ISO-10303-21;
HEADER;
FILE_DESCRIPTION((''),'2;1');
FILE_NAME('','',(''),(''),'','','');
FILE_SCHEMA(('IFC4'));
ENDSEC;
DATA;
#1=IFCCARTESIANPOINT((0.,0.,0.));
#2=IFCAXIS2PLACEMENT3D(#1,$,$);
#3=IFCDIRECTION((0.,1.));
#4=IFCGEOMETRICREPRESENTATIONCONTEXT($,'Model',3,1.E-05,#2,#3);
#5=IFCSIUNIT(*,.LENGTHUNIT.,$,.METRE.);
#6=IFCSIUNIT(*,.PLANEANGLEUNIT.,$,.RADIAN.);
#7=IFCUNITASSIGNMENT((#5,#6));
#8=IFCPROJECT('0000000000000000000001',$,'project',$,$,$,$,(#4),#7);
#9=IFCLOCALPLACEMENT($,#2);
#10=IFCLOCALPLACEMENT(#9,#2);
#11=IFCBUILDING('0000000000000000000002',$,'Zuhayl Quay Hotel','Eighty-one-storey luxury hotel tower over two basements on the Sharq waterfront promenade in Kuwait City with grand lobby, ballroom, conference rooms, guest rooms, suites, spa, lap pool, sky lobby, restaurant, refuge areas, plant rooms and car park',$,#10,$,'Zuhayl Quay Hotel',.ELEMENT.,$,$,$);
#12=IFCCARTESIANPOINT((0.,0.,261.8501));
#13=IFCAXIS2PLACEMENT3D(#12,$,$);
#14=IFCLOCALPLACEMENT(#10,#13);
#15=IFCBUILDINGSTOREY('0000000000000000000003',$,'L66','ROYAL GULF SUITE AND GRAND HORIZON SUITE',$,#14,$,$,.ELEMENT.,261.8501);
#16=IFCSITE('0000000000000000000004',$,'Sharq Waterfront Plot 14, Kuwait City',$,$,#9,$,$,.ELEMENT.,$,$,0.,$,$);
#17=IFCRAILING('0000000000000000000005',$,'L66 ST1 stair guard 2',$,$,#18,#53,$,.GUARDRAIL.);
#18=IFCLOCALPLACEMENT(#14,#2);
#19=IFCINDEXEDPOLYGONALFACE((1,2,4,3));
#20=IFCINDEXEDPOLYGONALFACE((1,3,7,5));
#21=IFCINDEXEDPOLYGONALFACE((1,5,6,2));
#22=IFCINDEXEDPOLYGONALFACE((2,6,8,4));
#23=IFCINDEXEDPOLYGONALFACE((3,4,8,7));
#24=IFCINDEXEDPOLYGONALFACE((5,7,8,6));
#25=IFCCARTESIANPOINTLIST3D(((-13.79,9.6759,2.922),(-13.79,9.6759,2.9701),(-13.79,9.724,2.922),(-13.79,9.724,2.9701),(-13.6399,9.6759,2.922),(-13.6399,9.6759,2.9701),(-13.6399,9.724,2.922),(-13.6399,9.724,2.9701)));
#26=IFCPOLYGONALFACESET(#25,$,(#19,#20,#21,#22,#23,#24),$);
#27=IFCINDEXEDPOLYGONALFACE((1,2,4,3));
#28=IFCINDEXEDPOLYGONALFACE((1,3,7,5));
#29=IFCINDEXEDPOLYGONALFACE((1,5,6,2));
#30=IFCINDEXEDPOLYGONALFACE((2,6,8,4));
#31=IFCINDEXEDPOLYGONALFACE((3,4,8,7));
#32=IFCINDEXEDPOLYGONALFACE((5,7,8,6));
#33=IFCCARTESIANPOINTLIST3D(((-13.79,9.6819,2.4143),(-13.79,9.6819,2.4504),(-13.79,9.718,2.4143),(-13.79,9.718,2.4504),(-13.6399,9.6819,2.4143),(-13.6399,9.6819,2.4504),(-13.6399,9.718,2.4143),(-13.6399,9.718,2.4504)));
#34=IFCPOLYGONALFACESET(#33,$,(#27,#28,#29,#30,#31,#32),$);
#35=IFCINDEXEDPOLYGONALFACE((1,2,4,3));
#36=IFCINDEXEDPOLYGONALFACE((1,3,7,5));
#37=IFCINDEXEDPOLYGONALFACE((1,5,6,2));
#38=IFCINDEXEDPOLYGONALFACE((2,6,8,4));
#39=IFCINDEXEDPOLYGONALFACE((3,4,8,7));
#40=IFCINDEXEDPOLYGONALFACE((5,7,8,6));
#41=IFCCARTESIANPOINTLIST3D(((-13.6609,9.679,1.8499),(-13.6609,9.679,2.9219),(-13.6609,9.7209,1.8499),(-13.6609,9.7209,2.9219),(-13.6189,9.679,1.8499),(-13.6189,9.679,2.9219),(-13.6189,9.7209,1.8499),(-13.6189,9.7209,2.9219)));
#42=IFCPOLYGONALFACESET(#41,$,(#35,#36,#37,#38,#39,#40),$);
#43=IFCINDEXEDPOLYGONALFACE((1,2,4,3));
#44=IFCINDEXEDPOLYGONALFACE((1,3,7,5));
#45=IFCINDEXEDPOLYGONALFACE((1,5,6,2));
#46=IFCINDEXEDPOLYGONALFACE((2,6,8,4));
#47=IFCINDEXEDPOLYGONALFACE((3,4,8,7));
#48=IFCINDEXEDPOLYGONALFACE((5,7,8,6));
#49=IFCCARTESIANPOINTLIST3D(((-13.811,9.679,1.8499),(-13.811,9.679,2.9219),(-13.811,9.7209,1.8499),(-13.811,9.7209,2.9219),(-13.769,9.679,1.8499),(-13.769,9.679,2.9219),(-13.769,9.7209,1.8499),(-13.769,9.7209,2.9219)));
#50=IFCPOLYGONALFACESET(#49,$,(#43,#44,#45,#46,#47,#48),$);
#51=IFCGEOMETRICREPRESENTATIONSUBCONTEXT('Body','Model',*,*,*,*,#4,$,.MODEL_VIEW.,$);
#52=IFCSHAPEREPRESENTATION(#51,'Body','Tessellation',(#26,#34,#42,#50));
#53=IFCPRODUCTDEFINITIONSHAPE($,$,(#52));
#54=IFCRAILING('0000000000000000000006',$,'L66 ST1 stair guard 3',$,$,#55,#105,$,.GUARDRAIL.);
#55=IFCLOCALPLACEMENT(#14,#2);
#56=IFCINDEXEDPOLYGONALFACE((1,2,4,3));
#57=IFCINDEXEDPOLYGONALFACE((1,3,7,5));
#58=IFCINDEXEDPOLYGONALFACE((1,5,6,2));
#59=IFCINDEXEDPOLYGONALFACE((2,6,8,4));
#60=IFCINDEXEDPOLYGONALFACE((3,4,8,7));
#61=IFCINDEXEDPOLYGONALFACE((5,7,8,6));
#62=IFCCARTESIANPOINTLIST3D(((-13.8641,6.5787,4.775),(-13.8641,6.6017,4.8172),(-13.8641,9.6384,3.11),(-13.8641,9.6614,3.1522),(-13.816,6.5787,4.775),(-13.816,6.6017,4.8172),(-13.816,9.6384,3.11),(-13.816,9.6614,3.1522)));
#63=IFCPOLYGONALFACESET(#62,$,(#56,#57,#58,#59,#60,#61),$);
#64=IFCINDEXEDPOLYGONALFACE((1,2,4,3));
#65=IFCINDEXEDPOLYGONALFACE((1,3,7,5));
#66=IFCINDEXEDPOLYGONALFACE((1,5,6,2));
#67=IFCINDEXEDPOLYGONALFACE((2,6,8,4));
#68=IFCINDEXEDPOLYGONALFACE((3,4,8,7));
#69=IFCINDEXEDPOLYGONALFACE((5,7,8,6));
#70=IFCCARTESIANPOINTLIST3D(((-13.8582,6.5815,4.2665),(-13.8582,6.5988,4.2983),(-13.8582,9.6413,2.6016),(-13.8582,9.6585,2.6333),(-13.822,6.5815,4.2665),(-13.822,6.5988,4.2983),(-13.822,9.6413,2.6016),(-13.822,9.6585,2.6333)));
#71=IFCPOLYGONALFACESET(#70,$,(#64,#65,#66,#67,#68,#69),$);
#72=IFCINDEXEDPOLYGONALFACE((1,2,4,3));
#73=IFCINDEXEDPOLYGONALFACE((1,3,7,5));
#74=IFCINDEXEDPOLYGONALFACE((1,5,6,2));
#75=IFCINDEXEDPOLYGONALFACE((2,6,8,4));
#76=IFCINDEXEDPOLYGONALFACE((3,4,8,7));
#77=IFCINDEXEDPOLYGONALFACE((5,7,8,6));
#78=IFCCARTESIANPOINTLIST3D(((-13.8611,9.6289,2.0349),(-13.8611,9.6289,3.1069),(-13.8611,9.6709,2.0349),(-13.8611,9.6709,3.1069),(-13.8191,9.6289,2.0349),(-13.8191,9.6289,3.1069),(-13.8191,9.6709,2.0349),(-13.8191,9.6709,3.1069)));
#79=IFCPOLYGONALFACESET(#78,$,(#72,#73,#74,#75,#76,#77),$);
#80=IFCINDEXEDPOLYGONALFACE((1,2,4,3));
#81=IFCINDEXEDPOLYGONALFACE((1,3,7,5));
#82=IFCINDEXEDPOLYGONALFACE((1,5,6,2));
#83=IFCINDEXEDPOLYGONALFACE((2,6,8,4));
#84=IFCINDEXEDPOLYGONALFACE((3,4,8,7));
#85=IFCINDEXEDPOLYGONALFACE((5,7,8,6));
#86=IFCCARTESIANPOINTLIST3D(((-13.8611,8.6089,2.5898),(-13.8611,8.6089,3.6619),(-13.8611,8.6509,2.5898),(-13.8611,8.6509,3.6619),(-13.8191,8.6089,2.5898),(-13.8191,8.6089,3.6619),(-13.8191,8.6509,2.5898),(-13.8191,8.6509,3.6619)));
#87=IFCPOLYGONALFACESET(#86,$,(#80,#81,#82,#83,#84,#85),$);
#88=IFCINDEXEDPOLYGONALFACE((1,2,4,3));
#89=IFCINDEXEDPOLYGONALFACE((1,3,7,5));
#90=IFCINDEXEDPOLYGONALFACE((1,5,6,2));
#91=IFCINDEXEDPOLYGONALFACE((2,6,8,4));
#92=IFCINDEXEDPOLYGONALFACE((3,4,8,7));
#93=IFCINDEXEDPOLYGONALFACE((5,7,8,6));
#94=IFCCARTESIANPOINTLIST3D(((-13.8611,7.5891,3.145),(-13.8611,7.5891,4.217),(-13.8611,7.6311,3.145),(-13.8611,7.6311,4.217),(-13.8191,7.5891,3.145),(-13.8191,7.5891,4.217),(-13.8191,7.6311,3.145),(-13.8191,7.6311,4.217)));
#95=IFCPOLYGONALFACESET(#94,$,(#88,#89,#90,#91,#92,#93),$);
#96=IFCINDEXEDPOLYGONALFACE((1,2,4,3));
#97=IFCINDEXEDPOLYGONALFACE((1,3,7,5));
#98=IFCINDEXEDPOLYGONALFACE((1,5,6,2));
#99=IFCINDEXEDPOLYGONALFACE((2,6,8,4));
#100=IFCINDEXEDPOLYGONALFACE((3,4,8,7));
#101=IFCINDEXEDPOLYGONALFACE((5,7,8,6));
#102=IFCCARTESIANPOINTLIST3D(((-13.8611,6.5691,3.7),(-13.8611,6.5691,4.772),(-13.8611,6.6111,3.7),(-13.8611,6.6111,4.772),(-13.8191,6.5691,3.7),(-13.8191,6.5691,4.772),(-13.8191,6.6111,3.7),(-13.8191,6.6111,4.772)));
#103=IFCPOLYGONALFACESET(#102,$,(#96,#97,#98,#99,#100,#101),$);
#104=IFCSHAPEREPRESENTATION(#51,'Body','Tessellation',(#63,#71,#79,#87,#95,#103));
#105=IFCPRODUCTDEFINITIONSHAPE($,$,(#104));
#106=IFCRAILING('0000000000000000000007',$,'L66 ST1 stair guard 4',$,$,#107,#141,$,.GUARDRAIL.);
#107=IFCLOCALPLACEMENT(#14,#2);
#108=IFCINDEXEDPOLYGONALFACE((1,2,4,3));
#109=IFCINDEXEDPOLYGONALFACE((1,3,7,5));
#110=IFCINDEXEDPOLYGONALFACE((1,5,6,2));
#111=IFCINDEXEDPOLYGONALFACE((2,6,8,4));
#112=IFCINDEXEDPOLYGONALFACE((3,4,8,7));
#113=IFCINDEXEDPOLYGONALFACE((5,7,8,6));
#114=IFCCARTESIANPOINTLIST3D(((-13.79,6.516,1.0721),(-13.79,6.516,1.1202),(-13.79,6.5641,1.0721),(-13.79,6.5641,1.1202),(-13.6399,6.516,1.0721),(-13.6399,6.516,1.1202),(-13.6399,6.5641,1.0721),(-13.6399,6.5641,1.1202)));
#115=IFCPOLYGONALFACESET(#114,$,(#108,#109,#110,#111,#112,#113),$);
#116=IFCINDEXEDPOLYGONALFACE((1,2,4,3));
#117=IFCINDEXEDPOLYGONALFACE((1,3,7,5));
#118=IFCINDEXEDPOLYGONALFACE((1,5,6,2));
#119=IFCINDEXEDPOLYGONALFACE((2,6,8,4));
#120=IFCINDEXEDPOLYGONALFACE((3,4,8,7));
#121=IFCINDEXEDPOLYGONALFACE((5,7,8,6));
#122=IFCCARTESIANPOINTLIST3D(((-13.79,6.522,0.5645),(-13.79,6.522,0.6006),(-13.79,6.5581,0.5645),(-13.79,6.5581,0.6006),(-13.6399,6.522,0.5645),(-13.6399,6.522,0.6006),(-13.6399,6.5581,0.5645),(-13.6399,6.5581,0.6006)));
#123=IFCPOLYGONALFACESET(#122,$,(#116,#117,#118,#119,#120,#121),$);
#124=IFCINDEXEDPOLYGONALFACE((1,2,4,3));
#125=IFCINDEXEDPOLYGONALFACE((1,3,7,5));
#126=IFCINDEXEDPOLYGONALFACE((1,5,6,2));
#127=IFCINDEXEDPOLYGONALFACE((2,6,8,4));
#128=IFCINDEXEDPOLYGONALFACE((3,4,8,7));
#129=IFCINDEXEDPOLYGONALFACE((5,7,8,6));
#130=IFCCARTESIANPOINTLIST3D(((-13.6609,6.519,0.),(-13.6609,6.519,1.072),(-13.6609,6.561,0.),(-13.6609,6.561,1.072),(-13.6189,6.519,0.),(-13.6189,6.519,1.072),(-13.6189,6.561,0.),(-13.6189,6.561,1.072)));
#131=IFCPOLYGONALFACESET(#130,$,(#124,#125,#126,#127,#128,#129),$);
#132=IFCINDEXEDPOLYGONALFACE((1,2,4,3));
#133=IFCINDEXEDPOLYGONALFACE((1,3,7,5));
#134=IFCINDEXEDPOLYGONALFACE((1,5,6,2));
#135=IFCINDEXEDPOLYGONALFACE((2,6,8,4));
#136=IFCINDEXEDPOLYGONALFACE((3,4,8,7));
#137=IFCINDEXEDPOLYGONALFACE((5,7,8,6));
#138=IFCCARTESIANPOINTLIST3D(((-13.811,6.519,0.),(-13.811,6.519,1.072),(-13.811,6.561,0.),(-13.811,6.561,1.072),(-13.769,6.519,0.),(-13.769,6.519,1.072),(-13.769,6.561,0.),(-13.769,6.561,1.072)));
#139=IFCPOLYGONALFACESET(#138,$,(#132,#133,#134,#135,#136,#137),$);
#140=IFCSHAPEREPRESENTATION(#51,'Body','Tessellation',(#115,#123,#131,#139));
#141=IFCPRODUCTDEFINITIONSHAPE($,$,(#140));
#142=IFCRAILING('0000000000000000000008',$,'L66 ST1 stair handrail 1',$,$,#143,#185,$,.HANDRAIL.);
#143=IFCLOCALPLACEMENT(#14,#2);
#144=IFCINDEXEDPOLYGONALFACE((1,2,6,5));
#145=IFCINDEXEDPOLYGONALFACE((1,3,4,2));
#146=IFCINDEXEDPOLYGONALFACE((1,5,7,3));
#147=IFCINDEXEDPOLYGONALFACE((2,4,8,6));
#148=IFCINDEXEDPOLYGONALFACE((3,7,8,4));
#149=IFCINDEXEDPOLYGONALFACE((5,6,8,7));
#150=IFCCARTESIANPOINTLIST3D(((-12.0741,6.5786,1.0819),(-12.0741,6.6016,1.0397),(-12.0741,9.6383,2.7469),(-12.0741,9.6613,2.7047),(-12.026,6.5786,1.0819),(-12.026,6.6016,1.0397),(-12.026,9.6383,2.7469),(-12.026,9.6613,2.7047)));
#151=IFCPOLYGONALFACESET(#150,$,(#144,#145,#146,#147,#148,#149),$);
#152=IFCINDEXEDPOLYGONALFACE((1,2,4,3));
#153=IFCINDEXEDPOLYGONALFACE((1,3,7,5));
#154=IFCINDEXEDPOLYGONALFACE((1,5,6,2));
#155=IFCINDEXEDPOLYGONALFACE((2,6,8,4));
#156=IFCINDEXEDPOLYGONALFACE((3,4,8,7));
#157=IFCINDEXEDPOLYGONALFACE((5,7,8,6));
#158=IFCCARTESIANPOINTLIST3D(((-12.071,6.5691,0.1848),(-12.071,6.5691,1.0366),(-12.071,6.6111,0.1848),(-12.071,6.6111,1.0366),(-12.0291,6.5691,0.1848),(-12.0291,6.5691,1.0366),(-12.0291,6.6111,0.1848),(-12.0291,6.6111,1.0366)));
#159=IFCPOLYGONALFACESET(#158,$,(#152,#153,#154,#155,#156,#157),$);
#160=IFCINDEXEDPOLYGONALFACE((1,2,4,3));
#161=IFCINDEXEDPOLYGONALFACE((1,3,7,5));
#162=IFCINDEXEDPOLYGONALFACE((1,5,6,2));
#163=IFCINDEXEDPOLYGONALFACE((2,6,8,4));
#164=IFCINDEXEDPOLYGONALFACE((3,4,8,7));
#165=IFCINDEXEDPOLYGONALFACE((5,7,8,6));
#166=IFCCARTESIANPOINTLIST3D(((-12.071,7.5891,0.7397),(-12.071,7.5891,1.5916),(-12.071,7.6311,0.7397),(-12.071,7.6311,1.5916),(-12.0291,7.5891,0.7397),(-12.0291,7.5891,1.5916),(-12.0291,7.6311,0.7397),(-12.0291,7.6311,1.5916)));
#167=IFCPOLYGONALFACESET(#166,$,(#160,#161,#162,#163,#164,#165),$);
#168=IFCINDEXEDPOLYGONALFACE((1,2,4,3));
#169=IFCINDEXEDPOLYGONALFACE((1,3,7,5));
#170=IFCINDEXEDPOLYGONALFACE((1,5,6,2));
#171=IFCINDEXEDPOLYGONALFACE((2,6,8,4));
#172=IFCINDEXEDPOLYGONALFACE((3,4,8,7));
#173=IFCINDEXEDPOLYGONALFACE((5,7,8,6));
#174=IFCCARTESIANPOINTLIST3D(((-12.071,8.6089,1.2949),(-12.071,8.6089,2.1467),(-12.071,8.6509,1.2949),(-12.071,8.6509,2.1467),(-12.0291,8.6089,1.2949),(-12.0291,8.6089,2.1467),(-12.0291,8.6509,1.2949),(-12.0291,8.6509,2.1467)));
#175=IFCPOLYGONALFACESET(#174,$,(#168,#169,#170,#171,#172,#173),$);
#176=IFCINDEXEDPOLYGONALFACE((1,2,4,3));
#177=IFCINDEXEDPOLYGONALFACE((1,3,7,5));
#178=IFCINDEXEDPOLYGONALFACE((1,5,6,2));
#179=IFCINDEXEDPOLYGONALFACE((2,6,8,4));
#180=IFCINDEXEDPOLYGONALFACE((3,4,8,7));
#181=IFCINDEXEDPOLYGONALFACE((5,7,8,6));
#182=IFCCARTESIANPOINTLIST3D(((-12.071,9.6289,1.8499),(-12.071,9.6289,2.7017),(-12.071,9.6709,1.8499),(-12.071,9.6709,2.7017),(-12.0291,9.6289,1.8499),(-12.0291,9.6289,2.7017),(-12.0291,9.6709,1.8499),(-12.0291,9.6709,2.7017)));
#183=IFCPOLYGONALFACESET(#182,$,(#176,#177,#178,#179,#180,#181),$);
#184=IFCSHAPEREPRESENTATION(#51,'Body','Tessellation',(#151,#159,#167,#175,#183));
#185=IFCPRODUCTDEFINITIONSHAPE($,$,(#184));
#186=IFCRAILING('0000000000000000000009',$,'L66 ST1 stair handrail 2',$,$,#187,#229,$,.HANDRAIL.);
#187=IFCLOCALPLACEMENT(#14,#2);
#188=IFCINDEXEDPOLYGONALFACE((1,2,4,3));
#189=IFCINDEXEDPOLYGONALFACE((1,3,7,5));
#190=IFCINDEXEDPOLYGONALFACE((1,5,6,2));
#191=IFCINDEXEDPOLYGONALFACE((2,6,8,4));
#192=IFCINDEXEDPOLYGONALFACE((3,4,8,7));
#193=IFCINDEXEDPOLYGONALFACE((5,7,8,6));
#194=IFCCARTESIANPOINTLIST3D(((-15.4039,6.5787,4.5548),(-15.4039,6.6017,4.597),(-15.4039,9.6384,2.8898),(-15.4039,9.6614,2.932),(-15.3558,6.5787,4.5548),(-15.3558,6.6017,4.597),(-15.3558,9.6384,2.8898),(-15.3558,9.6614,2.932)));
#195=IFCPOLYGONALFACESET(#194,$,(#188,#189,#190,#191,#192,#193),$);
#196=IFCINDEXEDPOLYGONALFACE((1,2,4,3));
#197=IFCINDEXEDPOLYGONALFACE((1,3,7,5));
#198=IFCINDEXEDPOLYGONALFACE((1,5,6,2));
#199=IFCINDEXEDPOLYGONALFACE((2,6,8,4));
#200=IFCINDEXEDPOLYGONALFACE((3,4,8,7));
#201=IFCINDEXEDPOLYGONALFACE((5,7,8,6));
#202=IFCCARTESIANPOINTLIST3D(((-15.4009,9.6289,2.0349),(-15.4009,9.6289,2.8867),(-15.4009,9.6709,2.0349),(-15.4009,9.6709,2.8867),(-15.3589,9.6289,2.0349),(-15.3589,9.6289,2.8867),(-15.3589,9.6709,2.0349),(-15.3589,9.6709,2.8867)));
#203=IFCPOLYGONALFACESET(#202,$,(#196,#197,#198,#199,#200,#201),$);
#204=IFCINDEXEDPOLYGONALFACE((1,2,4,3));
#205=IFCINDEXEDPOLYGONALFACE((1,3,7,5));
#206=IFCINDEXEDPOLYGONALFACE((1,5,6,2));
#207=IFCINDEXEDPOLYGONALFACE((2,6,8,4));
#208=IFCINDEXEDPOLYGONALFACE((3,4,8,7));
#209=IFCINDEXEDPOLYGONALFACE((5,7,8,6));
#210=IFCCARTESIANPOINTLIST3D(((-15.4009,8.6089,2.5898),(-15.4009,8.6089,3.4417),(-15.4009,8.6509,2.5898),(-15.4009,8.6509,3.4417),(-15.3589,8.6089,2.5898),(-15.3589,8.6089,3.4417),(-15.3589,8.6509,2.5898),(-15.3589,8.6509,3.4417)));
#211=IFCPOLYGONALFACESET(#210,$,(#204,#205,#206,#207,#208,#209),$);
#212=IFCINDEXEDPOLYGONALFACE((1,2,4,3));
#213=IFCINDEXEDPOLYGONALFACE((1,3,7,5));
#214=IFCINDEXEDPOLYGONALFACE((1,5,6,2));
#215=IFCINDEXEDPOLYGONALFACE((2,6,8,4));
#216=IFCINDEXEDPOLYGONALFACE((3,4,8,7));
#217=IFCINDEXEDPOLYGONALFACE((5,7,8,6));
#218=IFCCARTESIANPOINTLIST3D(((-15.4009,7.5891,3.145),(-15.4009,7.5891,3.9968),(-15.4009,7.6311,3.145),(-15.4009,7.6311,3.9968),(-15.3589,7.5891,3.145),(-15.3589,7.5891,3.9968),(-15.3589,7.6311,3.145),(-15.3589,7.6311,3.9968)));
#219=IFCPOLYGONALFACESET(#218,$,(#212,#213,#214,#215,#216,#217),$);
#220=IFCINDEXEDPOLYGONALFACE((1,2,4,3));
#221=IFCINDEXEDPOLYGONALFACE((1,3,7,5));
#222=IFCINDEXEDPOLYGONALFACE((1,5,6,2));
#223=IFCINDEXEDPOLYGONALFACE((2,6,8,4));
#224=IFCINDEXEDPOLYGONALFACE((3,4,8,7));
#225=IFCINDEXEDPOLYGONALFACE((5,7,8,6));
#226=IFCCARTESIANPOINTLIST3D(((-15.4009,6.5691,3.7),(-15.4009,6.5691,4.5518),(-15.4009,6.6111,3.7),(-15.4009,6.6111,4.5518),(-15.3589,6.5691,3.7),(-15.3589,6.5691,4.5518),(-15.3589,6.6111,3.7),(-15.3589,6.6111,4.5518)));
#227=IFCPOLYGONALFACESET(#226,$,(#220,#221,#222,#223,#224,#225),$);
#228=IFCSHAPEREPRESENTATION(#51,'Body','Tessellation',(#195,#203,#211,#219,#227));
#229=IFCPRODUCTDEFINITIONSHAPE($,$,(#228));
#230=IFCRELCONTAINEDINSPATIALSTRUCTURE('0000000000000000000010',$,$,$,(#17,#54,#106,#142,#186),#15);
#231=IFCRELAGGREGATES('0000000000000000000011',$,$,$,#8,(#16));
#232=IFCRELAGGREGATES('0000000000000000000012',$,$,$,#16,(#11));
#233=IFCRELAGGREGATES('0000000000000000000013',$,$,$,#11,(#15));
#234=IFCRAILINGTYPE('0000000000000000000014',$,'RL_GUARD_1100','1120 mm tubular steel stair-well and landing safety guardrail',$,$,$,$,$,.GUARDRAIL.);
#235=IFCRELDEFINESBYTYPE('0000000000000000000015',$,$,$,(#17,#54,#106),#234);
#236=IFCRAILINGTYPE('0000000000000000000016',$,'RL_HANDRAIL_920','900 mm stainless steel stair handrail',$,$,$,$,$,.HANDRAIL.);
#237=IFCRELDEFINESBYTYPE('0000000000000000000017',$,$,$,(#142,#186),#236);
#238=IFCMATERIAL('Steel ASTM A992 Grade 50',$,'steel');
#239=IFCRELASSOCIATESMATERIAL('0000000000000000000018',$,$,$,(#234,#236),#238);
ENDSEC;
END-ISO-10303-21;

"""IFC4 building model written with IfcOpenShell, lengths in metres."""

from ifc_helpers import new_model, si_unit, direction, frame, origin, origin_2d, place, context, subcontext, project, spatial, rectangle, extrude, material, type_object, element, save


model = new_model("IFC4")

# Units and contexts
model_context = context("Model", 3, precision=1e-05, world=origin(), true_north=direction((0.0, 1.0)))
body_context = subcontext(model_context, "Body", "Model", "MODEL_VIEW")
ifc_project = project(units=[si_unit("LENGTHUNIT", "METRE"), si_unit("PLANEANGLEUNIT", "RADIAN")], contexts=[model_context])

# Site, building, storey
site_placement = place(None, origin())
site = spatial("IfcSite", under=ifc_project, at=site_placement, Name="Sharq Waterfront Plot 14, Kuwait City", CompositionType="ELEMENT", RefElevation=0.0)
building_placement = place(site_placement, origin())
building = spatial("IfcBuilding", under=site, at=building_placement, Name="Zuhayl Quay Hotel", Description="Eighty-one-storey luxury hotel tower over two basements on the Sharq waterfront promenade in Kuwait City with grand lobby, ballroom, conference rooms, guest rooms, suites, spa, lap pool, sky lobby, restaurant, refuge areas, plant rooms and car park", LongName="Zuhayl Quay Hotel", CompositionType="ELEMENT")
storey_placement = place(building_placement, frame((0.0, 0.0, 261.8501)))
storey = spatial("IfcBuildingStorey", under=building, at=storey_placement, Name="L66", Description="ROYAL GULF SUITE AND GRAND HORIZON SUITE", CompositionType="ELEMENT", Elevation=261.8501)

# Shared definitions
ifc_material_1 = material(Name="Steel ASTM A992 Grade 50", Category="steel")

# Railings
railing_type_1 = type_object("IfcRailingType", Name="RL_GUARD_1100", Description="1120 mm tubular steel stair-well and landing safety guardrail", PredefinedType="GUARDRAIL", material=ifc_material_1)
railing_1_placement = place(storey_placement, frame((-13.6399, 9.7, 1.8499)))
element("IfcRailing", 1, at=railing_1_placement, inside=storey, type_object=railing_type_1, Name="L66 ST1 stair guard 2", PredefinedType="GUARDRAIL", context=body_context, shape_type="SweptSolid", body=[
    extrude(rectangle(XDim=0.0481, YDim=0.0481, at=origin_2d()), frame((0.0, 0.0, 1.0962), z_axis=(-1.0, 0.0, 0.0), x_axis=(0.0, -1.0, 0.0)), (0.0, 0.0, 1.0), 0.1501),
    extrude(rectangle(XDim=0.0361, YDim=0.0361, at=origin_2d()), frame((0.0, 0.0, 0.5825), z_axis=(-1.0, 0.0, 0.0), x_axis=(0.0, -1.0, 0.0)), (0.0, 0.0, 1.0), 0.1501),
    extrude(rectangle(XDim=0.042, YDim=0.042, at=origin_2d()), origin(), (0.0, 0.0, 1.0), 1.072),
    extrude(rectangle(XDim=0.042, YDim=0.042, at=origin_2d()), frame((-0.1501, 0.0, 0.0)), (0.0, 0.0, 1.0), 1.072),
])
railing_2_placement = place(storey_placement, frame((-13.8401, 9.6499, 2.0349)))
element("IfcRailing", 2, at=railing_2_placement, inside=storey, type_object=railing_type_1, Name="L66 ST1 stair guard 3", PredefinedType="GUARDRAIL", context=body_context, shape_type="SweptSolid", body=[
    extrude(rectangle(XDim=0.0481, YDim=0.0481, at=origin_2d()), frame((0.0, 0.0, 1.0962), z_axis=(0.0, -0.878372, 0.477978), x_axis=(1.0, 0.0, 0.0)), (0.0, 0.0, 1.0), 3.4834),
    extrude(rectangle(XDim=0.0361, YDim=0.0361, at=origin_2d()), frame((0.0, 0.0, 0.5825), z_axis=(0.0, -0.878372, 0.477978), x_axis=(1.0, 0.0, 0.0)), (0.0, 0.0, 1.0), 3.4834),
    extrude(rectangle(XDim=0.042, YDim=0.042, at=origin_2d()), origin(), (0.0, 0.0, 1.0), 1.072),
    extrude(rectangle(XDim=0.042, YDim=0.042, at=origin_2d()), frame((0.0, -1.02, 0.5549)), (0.0, 0.0, 1.0), 1.072),
    extrude(rectangle(XDim=0.042, YDim=0.042, at=origin_2d()), frame((0.0, -2.0398, 1.1101)), (0.0, 0.0, 1.0), 1.072),
    extrude(rectangle(XDim=0.042, YDim=0.042, at=origin_2d()), frame((0.0, -3.0598, 1.665)), (0.0, 0.0, 1.0), 1.072),
])
railing_3_placement = place(storey_placement, frame((-13.6399, 6.54, 0.0)))
element("IfcRailing", 3, at=railing_3_placement, inside=storey, type_object=railing_type_1, Name="L66 ST1 stair guard 4", PredefinedType="GUARDRAIL", context=body_context, shape_type="SweptSolid", body=[
    extrude(rectangle(XDim=0.0481, YDim=0.0481, at=origin_2d()), frame((0.0, 0.0, 1.0962), z_axis=(-1.0, 0.0, 0.0), x_axis=(0.0, -1.0, 0.0)), (0.0, 0.0, 1.0), 0.1501),
    extrude(rectangle(XDim=0.0361, YDim=0.0361, at=origin_2d()), frame((0.0, 0.0, 0.5825), z_axis=(-1.0, 0.0, 0.0), x_axis=(0.0, -1.0, 0.0)), (0.0, 0.0, 1.0), 0.1501),
    extrude(rectangle(XDim=0.042, YDim=0.042, at=origin_2d()), origin(), (0.0, 0.0, 1.0), 1.072),
    extrude(rectangle(XDim=0.042, YDim=0.042, at=origin_2d()), frame((-0.1501, 0.0, 0.0)), (0.0, 0.0, 1.0), 1.072),
])
railing_type_2 = type_object("IfcRailingType", Name="RL_HANDRAIL_920", Description="900 mm stainless steel stair handrail", PredefinedType="HANDRAIL", material=ifc_material_1)
railing_4_placement = place(storey_placement, frame((-12.05, 6.5901, 0.1848)))
element("IfcRailing", 4, at=railing_4_placement, inside=storey, type_object=railing_type_2, Name="L66 ST1 stair handrail 1", PredefinedType="HANDRAIL", context=body_context, shape_type="SweptSolid", body=[
    extrude(rectangle(XDim=0.0481, YDim=0.0481, at=origin_2d()), frame((0.0, 0.0, 0.876), z_axis=(0.0, 0.878372, 0.477978), x_axis=(-1.0, 0.0, 0.0)), (0.0, 0.0, 1.0), 3.4834),
    extrude(rectangle(XDim=0.042, YDim=0.042, at=origin_2d()), origin(), (0.0, 0.0, 1.0), 0.8518),
    extrude(rectangle(XDim=0.042, YDim=0.042, at=origin_2d()), frame((0.0, 1.02, 0.5549)), (0.0, 0.0, 1.0), 0.8518),
    extrude(rectangle(XDim=0.042, YDim=0.042, at=origin_2d()), frame((0.0, 2.0398, 1.1101)), (0.0, 0.0, 1.0), 0.8518),
    extrude(rectangle(XDim=0.042, YDim=0.042, at=origin_2d()), frame((0.0, 3.0598, 1.665)), (0.0, 0.0, 1.0), 0.8518),
])
railing_5_placement = place(storey_placement, frame((-15.3799, 9.6499, 2.0349)))
element("IfcRailing", 5, at=railing_5_placement, inside=storey, type_object=railing_type_2, Name="L66 ST1 stair handrail 2", PredefinedType="HANDRAIL", context=body_context, shape_type="SweptSolid", body=[
    extrude(rectangle(XDim=0.0481, YDim=0.0481, at=origin_2d()), frame((0.0, 0.0, 0.876), z_axis=(0.0, -0.878372, 0.477978), x_axis=(1.0, 0.0, 0.0)), (0.0, 0.0, 1.0), 3.4834),
    extrude(rectangle(XDim=0.042, YDim=0.042, at=origin_2d()), origin(), (0.0, 0.0, 1.0), 0.8518),
    extrude(rectangle(XDim=0.042, YDim=0.042, at=origin_2d()), frame((0.0, -1.02, 0.5549)), (0.0, 0.0, 1.0), 0.8518),
    extrude(rectangle(XDim=0.042, YDim=0.042, at=origin_2d()), frame((0.0, -2.0398, 1.1101)), (0.0, 0.0, 1.0), 0.8518),
    extrude(rectangle(XDim=0.042, YDim=0.042, at=origin_2d()), frame((0.0, -3.0598, 1.665)), (0.0, 0.0, 1.0), 0.8518),
])

save(model, "model.ifc")
